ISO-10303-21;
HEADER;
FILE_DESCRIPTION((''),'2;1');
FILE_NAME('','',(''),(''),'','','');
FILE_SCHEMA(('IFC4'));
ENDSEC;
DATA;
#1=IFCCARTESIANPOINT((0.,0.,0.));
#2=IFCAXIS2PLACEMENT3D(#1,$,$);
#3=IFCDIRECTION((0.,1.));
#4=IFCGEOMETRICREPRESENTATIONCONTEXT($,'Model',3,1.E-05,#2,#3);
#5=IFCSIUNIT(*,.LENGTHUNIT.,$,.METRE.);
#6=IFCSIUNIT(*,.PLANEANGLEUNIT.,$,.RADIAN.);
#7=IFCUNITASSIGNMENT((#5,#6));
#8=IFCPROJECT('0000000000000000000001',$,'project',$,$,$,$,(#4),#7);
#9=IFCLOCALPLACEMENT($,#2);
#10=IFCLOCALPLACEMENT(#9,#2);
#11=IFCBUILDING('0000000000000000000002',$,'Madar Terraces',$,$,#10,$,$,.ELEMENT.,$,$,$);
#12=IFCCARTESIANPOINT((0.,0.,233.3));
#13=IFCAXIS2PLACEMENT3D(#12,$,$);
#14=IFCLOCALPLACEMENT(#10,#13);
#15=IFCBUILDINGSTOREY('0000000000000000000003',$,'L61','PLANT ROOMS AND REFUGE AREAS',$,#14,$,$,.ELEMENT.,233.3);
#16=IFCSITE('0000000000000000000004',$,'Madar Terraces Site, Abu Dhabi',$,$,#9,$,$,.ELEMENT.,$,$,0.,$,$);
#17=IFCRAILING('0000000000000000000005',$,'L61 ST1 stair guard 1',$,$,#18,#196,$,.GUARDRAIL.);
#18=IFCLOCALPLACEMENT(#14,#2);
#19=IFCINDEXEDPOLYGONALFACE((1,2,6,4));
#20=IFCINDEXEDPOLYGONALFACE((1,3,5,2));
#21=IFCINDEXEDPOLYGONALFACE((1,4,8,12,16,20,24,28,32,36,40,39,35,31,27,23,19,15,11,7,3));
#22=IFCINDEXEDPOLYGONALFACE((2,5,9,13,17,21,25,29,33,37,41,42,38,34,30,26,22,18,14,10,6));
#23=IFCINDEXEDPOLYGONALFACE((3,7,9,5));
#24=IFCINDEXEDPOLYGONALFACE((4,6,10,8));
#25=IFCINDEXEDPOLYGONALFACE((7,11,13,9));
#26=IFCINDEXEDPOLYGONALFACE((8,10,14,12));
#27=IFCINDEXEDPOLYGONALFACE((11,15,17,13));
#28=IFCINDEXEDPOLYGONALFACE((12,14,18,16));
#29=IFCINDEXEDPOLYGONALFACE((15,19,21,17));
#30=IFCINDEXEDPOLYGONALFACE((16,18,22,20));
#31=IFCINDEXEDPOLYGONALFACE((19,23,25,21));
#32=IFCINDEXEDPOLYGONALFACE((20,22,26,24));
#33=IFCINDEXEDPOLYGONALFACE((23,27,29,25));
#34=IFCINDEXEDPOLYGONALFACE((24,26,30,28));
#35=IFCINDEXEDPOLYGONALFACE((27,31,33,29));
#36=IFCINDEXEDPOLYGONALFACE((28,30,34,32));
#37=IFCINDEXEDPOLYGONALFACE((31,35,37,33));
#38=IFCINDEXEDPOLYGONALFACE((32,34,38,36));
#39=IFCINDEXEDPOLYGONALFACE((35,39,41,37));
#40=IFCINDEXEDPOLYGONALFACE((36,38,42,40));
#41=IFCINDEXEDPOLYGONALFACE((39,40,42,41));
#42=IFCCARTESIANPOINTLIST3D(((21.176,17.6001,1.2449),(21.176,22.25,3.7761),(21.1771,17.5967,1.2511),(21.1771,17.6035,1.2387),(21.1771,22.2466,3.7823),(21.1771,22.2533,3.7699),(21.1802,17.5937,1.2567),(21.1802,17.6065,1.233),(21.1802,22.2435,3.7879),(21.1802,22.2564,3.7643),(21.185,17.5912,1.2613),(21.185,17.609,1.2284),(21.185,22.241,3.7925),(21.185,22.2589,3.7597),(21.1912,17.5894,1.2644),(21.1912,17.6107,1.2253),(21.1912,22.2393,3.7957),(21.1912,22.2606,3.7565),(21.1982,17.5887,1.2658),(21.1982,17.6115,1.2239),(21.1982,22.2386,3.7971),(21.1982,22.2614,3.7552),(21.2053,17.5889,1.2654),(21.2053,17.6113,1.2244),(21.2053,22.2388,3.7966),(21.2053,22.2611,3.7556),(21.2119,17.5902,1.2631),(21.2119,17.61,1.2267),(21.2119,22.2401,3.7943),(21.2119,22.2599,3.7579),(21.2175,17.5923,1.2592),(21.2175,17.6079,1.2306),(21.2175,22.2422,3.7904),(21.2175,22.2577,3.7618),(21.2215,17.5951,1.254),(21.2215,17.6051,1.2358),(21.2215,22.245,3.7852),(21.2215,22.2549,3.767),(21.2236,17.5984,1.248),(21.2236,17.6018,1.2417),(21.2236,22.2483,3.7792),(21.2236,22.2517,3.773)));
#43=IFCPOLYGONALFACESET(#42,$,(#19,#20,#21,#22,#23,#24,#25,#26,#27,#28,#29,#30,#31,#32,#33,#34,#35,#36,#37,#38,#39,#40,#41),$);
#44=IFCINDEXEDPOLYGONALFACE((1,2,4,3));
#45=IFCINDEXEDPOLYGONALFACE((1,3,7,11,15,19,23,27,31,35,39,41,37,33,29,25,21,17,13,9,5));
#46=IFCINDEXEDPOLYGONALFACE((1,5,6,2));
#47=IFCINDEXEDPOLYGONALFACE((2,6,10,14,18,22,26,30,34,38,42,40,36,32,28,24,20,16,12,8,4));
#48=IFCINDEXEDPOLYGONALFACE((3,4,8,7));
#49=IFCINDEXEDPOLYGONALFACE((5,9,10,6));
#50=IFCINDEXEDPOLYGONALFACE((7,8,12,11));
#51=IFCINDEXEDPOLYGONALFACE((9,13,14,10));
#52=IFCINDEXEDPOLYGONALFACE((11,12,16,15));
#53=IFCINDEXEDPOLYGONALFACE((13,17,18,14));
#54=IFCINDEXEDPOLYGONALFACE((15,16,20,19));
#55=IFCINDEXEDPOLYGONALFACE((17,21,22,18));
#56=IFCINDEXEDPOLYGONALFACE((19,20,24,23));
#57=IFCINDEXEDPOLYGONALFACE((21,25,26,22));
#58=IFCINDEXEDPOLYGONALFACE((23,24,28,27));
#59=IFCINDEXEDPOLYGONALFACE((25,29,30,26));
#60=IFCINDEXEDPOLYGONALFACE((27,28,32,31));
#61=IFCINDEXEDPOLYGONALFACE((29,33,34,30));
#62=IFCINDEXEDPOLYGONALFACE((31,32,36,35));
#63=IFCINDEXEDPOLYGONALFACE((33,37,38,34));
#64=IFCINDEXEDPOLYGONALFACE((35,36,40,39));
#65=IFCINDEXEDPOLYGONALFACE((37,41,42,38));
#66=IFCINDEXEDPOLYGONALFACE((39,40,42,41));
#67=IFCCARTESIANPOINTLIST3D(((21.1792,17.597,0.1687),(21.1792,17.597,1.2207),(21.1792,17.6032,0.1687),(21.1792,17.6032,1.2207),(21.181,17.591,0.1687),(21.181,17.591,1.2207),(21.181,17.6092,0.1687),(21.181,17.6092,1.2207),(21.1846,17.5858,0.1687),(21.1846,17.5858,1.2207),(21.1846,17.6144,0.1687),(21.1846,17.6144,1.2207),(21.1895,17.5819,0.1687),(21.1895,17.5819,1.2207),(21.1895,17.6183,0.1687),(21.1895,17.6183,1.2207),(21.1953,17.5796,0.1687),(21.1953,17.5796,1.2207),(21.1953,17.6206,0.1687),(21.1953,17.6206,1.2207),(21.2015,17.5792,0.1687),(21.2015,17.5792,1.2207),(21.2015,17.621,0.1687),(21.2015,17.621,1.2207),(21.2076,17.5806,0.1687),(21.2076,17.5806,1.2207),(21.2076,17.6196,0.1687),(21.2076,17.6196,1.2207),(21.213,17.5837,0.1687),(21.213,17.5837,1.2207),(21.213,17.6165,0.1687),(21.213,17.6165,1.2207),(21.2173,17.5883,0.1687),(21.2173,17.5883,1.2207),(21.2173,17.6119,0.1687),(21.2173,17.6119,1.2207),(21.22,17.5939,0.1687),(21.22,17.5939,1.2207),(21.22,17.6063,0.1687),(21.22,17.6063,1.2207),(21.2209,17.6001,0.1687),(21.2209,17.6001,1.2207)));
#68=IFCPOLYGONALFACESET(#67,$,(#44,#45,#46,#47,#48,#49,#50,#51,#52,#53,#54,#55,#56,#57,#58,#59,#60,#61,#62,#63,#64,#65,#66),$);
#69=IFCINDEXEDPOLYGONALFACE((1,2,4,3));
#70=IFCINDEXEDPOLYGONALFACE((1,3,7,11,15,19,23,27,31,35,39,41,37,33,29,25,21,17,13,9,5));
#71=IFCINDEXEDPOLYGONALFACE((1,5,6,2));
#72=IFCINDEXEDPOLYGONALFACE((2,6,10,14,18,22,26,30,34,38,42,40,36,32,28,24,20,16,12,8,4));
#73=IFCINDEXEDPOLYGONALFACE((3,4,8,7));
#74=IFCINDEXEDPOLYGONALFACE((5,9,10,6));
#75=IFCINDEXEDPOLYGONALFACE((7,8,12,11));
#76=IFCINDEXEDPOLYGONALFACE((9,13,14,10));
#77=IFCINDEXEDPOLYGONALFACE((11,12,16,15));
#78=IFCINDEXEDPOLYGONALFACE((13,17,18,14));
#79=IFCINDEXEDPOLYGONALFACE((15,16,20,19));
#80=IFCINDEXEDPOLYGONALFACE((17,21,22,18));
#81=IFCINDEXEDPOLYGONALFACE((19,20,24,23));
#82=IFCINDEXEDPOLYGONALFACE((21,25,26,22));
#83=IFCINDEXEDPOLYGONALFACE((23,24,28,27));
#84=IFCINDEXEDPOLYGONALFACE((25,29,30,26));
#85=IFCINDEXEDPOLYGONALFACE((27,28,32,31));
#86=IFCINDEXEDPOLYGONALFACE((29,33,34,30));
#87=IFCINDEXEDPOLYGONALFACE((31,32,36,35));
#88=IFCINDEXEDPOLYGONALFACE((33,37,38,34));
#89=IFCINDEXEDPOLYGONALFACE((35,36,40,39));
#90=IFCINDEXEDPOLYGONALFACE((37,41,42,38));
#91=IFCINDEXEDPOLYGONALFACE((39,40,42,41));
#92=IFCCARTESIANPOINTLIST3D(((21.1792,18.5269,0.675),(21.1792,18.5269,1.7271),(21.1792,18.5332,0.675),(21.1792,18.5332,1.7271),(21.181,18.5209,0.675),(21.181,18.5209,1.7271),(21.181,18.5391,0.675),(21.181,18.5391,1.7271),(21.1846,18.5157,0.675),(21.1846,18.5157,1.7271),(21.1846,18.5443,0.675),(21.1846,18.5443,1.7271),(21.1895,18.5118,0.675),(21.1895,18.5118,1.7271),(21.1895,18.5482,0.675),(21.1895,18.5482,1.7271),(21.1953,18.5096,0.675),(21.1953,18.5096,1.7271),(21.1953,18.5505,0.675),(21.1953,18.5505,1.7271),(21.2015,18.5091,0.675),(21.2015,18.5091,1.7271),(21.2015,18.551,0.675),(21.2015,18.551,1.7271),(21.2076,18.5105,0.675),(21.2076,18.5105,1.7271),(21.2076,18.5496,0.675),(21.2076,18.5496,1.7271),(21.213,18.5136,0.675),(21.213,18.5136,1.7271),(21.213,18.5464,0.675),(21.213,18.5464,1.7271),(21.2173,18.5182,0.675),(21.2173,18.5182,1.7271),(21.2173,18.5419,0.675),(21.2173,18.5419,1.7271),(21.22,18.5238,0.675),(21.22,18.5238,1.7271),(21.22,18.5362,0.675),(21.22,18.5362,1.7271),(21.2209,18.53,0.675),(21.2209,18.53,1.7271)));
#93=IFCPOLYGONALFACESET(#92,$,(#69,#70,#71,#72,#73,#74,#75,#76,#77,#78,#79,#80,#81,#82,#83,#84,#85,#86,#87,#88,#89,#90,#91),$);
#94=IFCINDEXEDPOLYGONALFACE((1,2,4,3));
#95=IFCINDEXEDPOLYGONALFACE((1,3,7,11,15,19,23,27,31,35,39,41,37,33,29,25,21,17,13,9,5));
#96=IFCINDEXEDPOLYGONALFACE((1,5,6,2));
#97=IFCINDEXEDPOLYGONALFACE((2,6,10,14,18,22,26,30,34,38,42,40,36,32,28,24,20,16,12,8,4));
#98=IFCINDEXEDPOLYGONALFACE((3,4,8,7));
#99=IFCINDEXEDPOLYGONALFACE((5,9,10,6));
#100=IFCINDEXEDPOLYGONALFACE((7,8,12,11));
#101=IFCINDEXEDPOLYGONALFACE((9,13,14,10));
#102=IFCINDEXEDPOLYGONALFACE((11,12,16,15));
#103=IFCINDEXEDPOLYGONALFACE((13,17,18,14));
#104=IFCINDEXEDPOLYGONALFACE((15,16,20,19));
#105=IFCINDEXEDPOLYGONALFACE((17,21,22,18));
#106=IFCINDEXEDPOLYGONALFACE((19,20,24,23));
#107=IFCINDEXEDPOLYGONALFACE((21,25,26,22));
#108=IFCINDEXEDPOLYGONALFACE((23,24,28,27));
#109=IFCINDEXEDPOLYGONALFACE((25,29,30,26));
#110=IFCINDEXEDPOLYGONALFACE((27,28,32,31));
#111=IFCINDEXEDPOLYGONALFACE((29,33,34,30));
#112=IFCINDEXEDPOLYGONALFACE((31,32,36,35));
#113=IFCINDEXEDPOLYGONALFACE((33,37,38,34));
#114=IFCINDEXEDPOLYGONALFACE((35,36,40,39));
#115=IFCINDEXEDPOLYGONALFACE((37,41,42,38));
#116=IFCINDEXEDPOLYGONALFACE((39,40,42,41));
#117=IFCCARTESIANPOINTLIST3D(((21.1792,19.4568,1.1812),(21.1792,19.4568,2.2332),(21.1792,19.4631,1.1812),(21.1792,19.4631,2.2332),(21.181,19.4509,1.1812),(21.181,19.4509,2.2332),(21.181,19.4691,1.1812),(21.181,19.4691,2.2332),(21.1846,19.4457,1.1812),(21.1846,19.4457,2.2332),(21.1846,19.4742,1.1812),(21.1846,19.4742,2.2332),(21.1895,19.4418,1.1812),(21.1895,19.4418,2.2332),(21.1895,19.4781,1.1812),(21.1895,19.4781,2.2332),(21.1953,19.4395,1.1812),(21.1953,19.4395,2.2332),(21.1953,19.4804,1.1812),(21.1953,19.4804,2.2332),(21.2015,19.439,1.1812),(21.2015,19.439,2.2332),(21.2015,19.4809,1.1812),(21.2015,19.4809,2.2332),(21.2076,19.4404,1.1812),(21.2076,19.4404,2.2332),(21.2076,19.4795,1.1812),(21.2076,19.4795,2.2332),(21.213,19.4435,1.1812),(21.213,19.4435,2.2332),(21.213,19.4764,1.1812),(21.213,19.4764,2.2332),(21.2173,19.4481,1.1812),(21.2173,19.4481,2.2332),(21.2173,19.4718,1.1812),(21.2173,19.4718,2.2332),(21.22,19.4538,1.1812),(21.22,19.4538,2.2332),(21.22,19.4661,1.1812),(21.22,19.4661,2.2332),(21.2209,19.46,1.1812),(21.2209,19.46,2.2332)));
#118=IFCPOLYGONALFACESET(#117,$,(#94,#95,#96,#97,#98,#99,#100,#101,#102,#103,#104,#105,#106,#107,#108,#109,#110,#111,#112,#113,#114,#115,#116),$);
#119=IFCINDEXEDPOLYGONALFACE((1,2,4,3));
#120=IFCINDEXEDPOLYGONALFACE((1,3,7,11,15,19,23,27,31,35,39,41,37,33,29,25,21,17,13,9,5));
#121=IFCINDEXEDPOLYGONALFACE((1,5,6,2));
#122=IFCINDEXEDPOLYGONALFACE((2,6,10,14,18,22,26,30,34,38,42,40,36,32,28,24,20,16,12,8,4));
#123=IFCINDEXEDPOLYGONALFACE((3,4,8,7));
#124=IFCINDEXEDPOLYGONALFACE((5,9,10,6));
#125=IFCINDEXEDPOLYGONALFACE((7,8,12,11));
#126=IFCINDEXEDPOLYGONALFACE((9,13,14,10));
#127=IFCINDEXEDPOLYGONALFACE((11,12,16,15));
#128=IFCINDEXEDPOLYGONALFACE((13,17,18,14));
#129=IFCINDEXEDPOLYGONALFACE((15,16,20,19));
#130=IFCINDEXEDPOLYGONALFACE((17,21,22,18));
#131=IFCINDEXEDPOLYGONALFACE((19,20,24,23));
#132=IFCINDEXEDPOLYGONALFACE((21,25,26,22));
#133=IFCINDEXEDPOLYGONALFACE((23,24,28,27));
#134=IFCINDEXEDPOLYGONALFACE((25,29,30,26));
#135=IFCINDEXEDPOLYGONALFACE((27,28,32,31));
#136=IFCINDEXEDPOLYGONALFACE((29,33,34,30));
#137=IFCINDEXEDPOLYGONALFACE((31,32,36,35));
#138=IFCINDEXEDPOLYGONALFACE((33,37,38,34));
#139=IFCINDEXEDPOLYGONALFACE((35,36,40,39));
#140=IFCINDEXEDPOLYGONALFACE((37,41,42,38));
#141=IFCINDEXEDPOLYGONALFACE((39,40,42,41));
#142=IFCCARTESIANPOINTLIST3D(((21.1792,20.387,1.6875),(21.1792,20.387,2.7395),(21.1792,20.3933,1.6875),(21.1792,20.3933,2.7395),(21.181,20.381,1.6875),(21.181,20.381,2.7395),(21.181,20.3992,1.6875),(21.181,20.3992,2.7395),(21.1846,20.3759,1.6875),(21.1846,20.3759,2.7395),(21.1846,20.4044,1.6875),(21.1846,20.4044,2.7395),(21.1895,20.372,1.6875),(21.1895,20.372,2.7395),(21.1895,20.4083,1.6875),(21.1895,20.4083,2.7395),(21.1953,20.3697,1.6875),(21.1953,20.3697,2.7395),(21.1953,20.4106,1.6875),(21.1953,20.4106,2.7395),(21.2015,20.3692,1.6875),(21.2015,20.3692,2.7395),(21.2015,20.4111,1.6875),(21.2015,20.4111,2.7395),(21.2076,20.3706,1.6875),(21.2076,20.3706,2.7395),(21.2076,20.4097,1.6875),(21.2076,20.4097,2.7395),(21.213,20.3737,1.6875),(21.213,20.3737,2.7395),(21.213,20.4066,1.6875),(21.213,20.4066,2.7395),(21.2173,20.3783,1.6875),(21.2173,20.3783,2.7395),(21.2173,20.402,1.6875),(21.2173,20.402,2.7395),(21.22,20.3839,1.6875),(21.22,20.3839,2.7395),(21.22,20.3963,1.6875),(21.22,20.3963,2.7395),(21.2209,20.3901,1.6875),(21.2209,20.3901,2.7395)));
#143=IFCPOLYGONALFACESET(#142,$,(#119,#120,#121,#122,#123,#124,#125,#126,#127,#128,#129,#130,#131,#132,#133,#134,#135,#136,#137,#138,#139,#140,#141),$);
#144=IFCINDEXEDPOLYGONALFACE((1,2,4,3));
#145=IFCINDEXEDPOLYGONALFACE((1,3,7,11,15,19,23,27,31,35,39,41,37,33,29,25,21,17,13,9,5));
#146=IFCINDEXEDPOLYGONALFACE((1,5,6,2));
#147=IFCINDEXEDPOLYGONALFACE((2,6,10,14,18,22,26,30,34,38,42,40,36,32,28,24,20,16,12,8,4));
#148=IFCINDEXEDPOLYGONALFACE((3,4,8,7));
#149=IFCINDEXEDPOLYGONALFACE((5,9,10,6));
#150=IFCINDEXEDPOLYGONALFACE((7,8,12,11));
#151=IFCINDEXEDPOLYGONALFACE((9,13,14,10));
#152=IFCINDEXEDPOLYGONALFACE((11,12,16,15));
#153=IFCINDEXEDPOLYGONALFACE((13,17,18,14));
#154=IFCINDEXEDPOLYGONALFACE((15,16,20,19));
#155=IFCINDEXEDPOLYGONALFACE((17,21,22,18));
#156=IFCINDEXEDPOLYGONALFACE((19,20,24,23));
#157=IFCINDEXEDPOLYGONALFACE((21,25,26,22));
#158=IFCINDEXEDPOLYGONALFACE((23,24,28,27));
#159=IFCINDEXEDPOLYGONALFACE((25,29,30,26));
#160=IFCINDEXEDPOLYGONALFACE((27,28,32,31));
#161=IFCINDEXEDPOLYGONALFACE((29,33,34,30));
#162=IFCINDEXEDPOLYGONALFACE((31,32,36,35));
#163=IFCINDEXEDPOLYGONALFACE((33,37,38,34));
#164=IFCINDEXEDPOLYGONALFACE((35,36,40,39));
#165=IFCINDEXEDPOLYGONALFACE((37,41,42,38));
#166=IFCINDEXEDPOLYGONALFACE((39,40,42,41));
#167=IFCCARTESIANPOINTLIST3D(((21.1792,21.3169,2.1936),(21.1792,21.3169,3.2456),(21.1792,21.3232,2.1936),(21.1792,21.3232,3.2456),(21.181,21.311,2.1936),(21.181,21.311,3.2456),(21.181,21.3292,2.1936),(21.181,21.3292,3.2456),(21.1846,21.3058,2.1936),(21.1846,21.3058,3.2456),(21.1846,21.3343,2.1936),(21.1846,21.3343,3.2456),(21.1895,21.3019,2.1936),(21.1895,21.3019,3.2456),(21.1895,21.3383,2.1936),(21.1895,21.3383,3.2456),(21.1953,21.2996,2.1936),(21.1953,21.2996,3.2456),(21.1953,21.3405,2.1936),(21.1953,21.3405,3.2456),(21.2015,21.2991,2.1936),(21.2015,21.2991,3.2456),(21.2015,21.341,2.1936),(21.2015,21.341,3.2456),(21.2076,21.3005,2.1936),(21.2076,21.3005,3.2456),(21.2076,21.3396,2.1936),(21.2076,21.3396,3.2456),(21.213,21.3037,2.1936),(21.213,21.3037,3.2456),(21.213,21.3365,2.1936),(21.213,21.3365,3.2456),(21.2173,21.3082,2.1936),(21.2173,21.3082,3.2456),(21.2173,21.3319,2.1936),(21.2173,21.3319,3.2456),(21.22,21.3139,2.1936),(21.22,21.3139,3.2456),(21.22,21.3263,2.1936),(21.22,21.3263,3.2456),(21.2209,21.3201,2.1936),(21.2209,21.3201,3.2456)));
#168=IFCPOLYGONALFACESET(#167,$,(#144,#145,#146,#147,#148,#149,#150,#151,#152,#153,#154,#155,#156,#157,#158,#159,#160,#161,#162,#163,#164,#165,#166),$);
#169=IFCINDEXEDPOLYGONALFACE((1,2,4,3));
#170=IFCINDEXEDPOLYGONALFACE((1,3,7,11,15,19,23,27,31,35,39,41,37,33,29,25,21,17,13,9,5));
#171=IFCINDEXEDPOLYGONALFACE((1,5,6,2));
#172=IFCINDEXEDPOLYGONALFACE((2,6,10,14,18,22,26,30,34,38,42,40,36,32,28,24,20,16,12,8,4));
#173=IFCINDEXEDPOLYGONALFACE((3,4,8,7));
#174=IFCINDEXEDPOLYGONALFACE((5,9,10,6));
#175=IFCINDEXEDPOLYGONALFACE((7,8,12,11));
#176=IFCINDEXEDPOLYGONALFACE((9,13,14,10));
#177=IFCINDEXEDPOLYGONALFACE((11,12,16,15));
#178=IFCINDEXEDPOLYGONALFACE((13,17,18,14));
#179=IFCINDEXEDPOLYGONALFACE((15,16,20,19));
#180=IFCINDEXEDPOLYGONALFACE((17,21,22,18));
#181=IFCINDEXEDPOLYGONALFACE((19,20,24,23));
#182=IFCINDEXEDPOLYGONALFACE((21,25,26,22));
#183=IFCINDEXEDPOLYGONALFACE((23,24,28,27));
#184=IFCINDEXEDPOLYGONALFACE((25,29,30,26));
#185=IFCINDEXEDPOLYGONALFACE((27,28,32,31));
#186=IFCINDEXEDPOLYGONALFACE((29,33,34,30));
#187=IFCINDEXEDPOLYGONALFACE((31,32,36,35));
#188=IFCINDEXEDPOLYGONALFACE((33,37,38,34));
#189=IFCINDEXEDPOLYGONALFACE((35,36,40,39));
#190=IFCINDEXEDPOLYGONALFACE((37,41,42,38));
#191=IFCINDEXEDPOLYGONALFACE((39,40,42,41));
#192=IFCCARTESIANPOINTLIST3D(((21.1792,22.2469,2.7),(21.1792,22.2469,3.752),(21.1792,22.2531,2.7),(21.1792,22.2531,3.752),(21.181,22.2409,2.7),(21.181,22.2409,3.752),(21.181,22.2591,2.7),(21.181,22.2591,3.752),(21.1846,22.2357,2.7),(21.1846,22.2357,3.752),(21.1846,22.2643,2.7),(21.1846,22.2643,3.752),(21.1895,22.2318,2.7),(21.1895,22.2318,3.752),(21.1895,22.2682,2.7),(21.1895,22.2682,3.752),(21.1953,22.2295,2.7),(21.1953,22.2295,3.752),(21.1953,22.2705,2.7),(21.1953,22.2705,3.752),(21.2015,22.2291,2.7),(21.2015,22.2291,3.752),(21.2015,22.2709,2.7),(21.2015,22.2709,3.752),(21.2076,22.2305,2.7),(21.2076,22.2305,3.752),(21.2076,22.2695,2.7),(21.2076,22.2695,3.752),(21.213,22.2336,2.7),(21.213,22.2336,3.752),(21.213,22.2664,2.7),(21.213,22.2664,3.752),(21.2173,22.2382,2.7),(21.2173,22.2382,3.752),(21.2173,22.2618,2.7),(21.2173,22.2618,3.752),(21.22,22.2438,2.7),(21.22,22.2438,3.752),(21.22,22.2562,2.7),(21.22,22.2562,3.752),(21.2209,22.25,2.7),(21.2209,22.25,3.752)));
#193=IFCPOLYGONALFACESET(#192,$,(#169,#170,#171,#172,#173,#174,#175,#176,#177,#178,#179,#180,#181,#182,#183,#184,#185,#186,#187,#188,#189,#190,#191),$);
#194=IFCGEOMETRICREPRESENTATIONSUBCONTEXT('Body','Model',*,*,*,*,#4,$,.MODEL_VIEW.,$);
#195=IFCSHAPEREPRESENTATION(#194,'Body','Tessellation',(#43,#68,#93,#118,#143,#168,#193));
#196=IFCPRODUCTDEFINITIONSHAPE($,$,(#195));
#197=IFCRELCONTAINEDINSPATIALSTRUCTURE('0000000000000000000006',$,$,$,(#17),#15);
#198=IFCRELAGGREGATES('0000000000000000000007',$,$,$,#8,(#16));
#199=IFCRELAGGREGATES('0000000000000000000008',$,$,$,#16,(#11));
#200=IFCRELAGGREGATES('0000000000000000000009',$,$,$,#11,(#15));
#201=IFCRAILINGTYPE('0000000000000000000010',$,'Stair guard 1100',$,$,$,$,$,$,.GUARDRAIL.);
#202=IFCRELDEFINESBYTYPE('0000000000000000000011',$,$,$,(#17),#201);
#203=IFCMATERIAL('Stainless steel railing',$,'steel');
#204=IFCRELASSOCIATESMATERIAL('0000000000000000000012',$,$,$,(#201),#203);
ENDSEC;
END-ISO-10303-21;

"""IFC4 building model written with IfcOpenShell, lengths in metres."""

from ifc_helpers import new_model, si_unit, direction, frame, origin, origin_2d, place, context, subcontext, project, spatial, circle, extrude, material, type_object, element, save


model = new_model("IFC4")

# Units and contexts
model_context = context("Model", 3, precision=1e-05, world=origin(), true_north=direction((0.0, 1.0)))
body_context = subcontext(model_context, "Body", "Model", "MODEL_VIEW")
ifc_project = project(units=[si_unit("LENGTHUNIT", "METRE"), si_unit("PLANEANGLEUNIT", "RADIAN")], contexts=[model_context])

# Site, building, storey
site_placement = place(None, origin())
site = spatial("IfcSite", under=ifc_project, at=site_placement, Name="Madar Terraces Site, Abu Dhabi", CompositionType="ELEMENT", RefElevation=0.0)
building_placement = place(site_placement, origin())
building = spatial("IfcBuilding", under=site, at=building_placement, Name="Madar Terraces", CompositionType="ELEMENT")
storey_placement = place(building_placement, frame((0.0, 0.0, 233.3)))
storey = spatial("IfcBuildingStorey", under=building, at=storey_placement, Name="L61", Description="PLANT ROOMS AND REFUGE AREAS", CompositionType="ELEMENT", Elevation=233.3)

# Railing
ifc_material_1 = material(Name="Stainless steel railing", Category="steel")
railing_type_1 = type_object("IfcRailingType", Name="Stair guard 1100", PredefinedType="GUARDRAIL", material=ifc_material_1)
railing_1_placement = place(storey_placement, frame((21.2, 17.6001, 0.1687)))
element("IfcRailing", 1, at=railing_1_placement, inside=storey, type_object=railing_type_1, Name="L61 ST1 stair guard 1", PredefinedType="GUARDRAIL", context=body_context, shape_type="SweptSolid", body=[
    extrude(circle(Radius=0.0239, at=origin_2d()), frame((0.0, 0.0, 1.0762), z_axis=(0.0, 0.878297, 0.478115), x_axis=(-1.0, 0.0, 0.0)), (0.0, 0.0, 1.0), 5.2942),
    extrude(circle(Radius=0.021, at=origin_2d()), origin(), (0.0, 0.0, 1.0), 1.052),
    extrude(circle(Radius=0.021, at=origin_2d()), frame((0.0, 0.9299, 0.5063)), (0.0, 0.0, 1.0), 1.052),
    extrude(circle(Radius=0.021, at=origin_2d()), frame((0.0, 1.8599, 1.0125)), (0.0, 0.0, 1.0), 1.052),
    extrude(circle(Radius=0.021, at=origin_2d()), frame((0.0, 2.79, 1.5188)), (0.0, 0.0, 1.0), 1.052),
    extrude(circle(Radius=0.021, at=origin_2d()), frame((0.0, 3.72, 2.0249)), (0.0, 0.0, 1.0), 1.052),
    extrude(circle(Radius=0.021, at=origin_2d()), frame((0.0, 4.6499, 2.5312)), (0.0, 0.0, 1.0), 1.052),
])

save(model, "model.ifc")
